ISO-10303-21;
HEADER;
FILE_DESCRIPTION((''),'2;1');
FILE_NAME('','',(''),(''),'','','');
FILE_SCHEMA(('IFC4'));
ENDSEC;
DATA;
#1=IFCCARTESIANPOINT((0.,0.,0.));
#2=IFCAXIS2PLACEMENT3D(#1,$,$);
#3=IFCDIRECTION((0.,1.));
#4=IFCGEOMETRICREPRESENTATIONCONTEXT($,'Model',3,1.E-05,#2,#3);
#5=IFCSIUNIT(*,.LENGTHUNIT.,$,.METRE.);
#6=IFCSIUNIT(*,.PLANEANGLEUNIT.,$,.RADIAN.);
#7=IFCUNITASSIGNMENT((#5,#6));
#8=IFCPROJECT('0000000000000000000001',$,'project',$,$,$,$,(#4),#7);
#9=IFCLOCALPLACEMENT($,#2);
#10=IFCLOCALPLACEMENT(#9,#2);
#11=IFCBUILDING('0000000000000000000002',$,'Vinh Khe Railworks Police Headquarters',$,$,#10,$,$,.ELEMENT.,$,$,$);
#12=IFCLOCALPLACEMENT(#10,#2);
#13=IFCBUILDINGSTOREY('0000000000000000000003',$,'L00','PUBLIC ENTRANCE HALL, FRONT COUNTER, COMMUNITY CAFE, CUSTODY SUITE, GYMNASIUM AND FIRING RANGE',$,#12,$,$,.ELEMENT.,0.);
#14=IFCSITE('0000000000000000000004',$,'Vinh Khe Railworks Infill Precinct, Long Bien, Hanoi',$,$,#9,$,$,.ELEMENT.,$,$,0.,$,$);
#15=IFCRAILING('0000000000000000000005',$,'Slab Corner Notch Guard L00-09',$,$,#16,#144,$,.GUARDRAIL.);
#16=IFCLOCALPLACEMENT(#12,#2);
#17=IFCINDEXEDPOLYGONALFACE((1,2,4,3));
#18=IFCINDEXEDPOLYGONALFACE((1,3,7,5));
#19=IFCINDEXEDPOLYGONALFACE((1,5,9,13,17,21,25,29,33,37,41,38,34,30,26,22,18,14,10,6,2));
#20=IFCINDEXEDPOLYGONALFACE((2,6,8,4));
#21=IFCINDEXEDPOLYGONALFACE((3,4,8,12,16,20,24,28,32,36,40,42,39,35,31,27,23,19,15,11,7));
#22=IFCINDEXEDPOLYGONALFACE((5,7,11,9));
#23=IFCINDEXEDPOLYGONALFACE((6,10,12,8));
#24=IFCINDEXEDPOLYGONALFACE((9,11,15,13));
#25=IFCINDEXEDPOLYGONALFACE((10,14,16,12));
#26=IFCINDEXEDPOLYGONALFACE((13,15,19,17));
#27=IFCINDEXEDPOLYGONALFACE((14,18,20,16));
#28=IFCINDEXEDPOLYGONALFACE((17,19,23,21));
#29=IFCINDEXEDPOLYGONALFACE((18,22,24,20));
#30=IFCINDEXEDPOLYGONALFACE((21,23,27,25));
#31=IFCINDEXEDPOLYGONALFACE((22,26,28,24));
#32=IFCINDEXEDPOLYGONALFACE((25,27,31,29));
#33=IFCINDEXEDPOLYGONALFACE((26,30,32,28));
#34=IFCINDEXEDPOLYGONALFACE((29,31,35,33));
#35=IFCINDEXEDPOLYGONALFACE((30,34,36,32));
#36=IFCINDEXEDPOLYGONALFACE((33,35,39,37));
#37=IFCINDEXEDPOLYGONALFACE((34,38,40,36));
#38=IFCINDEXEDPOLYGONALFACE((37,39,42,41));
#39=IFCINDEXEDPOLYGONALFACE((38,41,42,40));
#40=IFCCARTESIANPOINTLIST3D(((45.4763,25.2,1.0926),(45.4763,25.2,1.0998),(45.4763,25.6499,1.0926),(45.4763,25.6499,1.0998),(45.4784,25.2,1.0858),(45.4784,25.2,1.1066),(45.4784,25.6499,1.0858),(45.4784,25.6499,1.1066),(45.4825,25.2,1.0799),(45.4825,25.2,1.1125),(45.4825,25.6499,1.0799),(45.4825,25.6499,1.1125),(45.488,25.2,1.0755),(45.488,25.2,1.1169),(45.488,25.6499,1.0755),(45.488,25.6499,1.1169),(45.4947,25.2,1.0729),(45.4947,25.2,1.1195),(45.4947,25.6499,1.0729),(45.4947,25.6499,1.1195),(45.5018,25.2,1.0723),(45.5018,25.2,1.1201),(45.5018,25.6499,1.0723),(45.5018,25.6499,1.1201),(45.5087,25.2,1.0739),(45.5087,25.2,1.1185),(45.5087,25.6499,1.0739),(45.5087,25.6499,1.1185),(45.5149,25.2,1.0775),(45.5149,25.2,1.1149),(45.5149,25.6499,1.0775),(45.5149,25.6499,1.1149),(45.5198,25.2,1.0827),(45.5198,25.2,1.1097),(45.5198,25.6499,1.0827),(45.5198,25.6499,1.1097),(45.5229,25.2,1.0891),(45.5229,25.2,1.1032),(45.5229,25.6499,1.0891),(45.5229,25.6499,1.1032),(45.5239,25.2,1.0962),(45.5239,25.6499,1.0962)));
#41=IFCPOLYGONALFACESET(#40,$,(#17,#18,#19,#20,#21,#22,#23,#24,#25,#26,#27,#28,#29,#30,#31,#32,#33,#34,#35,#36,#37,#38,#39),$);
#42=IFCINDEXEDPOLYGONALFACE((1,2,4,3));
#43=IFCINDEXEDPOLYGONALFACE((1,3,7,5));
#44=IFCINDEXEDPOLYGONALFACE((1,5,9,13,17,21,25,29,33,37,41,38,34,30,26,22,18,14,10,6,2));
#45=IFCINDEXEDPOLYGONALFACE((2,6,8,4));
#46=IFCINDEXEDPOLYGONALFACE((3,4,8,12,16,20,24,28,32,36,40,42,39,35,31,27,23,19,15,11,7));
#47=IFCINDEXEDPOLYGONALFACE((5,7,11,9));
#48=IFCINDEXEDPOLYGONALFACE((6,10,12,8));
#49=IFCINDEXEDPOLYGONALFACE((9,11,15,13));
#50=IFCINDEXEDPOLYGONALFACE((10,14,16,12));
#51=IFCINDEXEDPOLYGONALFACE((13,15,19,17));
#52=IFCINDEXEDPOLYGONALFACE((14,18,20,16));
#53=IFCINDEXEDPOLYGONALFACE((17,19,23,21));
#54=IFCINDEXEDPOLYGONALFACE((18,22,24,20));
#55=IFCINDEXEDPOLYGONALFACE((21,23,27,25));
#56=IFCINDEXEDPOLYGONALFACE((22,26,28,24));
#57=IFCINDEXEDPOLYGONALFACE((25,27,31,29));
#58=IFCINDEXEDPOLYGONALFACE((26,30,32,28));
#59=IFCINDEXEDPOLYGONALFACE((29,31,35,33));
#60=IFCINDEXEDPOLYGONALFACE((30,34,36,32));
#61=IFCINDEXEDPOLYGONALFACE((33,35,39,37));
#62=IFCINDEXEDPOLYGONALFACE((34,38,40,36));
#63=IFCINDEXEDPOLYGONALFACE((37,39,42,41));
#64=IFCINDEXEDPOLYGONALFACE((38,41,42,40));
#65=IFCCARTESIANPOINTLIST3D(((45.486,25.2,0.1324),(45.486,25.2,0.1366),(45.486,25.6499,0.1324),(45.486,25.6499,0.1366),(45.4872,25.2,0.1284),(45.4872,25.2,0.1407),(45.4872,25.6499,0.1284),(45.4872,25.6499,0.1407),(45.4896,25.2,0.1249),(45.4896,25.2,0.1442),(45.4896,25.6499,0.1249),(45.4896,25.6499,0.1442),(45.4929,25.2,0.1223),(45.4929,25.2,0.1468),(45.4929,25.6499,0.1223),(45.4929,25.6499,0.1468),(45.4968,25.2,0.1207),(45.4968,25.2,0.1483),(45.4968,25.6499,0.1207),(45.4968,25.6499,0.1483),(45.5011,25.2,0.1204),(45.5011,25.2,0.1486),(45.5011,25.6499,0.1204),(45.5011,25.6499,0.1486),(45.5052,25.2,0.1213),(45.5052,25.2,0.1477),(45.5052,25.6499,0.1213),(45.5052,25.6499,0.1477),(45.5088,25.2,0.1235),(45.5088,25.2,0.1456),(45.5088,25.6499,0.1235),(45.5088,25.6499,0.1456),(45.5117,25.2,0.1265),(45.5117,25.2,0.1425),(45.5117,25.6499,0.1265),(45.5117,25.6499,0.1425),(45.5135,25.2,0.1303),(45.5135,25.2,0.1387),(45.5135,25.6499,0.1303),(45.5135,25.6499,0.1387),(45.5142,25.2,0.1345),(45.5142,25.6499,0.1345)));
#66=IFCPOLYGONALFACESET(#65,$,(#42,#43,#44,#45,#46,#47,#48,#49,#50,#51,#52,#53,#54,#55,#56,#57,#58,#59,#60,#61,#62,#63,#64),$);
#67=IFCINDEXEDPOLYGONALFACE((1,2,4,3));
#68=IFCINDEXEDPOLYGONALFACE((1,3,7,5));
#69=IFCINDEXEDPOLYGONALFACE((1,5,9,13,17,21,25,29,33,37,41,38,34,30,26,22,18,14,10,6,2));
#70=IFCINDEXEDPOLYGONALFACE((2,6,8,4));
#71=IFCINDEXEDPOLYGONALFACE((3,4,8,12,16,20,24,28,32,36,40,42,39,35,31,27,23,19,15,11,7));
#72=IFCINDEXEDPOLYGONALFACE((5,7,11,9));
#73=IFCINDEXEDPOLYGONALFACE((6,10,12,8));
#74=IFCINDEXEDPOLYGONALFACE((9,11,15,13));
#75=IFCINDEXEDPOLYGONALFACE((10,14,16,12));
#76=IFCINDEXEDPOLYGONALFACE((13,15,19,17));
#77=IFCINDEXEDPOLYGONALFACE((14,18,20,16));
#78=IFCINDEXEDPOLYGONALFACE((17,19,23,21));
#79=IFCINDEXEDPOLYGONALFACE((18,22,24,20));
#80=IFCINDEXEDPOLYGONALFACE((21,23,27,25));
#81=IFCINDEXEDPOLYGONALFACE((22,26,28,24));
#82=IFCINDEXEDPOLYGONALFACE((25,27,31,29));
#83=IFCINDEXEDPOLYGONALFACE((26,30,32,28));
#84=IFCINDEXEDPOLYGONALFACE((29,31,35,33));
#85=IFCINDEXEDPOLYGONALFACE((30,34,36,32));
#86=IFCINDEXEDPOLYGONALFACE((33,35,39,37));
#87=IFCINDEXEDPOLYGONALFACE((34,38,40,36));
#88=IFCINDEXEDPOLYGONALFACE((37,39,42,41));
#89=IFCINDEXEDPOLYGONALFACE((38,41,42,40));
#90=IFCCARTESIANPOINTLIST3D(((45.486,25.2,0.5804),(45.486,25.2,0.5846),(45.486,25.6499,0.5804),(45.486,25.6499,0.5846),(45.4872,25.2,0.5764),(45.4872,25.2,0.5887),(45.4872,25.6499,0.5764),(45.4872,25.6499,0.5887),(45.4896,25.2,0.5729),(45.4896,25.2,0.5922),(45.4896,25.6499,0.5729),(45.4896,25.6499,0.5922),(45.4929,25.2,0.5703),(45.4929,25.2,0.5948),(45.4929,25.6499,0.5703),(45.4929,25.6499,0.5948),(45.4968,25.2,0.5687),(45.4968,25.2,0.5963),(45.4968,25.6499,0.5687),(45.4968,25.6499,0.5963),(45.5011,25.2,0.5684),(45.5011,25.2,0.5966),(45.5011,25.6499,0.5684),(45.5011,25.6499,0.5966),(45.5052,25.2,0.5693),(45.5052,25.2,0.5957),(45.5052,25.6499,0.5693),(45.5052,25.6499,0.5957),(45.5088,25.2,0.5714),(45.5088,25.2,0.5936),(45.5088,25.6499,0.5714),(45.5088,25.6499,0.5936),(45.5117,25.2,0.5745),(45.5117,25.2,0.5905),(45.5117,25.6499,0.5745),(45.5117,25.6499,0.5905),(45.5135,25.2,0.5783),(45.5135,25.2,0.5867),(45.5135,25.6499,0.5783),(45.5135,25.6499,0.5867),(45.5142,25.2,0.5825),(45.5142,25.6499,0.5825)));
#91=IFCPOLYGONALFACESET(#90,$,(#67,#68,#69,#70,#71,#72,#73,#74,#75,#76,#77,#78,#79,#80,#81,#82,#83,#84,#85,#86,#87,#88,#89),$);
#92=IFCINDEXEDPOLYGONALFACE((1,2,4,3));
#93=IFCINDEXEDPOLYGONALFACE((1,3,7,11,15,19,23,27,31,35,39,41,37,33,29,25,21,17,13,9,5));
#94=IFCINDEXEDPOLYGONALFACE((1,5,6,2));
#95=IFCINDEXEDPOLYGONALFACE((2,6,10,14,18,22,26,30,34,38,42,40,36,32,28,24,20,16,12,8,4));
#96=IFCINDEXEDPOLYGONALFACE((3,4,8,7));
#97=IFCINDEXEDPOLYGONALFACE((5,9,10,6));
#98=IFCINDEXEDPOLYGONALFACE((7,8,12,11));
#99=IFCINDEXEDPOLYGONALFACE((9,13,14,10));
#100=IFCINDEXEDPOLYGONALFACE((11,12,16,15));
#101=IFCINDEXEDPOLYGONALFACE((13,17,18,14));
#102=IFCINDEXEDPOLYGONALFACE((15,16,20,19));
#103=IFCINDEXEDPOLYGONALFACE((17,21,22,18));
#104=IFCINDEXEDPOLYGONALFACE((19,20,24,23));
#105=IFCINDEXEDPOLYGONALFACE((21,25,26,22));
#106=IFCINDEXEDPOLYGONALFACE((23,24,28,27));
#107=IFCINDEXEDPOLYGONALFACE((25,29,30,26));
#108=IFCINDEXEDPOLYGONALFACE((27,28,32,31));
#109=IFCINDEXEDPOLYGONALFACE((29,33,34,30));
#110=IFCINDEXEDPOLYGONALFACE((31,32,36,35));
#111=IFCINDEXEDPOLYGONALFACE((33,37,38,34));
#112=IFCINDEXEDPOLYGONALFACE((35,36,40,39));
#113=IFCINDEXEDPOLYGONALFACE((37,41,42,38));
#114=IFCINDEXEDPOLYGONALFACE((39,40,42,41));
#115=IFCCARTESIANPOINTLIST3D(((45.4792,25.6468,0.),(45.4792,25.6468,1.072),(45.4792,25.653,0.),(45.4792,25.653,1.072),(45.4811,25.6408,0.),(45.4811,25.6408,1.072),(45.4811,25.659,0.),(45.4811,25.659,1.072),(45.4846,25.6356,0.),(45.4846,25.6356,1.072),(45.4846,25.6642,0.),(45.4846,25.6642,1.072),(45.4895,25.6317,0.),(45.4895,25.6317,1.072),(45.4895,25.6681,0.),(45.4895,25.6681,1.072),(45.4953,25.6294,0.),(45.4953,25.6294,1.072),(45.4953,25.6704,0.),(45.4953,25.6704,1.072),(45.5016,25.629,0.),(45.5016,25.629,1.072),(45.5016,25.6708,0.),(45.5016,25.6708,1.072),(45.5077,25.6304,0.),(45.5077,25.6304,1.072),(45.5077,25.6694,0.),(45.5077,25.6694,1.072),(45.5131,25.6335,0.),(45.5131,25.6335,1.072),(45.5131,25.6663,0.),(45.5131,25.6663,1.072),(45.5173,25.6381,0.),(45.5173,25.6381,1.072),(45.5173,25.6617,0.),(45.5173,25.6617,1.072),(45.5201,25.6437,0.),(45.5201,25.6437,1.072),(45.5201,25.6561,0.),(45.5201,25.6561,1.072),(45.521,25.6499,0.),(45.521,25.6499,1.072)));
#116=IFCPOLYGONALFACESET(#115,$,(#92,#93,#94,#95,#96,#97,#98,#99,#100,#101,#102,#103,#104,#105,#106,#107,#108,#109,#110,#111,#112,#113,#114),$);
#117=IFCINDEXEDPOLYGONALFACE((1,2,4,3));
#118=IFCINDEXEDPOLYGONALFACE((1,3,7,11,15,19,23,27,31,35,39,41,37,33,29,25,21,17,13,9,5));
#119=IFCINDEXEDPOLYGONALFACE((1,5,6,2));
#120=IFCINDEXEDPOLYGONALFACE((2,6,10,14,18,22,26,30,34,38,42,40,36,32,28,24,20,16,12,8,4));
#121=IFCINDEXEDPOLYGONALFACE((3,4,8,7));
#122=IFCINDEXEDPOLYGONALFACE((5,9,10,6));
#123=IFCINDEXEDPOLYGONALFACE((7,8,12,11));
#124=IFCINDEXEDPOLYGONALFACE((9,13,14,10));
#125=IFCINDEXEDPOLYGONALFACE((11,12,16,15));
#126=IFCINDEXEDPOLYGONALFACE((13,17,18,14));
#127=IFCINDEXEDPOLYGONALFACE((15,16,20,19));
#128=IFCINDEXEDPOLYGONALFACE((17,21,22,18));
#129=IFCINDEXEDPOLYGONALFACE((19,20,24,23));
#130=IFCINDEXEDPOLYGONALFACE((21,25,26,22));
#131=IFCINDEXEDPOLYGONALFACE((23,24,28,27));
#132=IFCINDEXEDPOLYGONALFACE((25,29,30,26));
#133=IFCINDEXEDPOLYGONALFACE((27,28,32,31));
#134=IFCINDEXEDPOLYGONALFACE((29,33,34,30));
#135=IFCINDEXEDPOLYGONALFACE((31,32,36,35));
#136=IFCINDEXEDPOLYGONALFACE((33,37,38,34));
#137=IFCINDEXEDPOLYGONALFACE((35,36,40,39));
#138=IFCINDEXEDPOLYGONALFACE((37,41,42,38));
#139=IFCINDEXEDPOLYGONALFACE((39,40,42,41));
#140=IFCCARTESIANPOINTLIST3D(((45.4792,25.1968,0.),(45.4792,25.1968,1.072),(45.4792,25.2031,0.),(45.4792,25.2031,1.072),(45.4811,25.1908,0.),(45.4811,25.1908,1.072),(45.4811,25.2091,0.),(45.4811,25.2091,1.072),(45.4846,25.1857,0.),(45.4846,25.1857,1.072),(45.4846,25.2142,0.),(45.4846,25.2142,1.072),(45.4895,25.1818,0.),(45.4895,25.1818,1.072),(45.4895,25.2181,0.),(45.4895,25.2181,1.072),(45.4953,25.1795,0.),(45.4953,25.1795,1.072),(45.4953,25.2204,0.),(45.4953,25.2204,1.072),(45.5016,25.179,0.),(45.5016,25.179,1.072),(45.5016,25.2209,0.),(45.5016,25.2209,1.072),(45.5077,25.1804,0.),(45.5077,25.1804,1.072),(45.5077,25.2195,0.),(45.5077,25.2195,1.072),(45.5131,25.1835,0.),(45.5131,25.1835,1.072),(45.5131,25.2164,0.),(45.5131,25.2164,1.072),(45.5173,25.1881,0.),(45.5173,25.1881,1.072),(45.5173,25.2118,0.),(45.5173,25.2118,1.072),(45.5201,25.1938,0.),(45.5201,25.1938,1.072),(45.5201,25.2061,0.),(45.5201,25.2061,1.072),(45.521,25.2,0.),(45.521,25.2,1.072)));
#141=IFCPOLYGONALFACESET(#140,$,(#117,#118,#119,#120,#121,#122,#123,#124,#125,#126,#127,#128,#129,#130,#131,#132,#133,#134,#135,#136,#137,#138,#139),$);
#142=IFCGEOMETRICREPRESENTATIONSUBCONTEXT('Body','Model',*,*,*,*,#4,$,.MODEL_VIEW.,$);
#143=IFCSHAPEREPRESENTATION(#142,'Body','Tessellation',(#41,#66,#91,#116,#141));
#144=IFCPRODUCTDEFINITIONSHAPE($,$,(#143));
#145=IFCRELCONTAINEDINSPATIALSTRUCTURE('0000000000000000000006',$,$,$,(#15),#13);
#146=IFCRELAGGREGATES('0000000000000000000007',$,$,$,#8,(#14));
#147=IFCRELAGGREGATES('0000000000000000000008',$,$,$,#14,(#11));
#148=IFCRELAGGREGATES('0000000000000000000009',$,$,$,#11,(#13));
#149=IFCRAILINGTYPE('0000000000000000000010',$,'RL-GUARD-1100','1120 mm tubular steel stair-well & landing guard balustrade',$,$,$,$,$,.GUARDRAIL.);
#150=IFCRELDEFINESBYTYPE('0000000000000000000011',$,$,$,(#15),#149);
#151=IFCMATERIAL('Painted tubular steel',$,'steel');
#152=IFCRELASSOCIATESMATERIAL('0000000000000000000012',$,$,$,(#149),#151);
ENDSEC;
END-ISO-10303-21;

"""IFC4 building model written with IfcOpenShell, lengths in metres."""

from ifc_helpers import new_model, si_unit, direction, frame, origin, origin_2d, place, context, subcontext, project, spatial, circle, extrude, material, type_object, element, save


model = new_model("IFC4")

# Units and contexts
model_context = context("Model", 3, precision=1e-05, world=origin(), true_north=direction((0.0, 1.0)))
body_context = subcontext(model_context, "Body", "Model", "MODEL_VIEW")
ifc_project = project(units=[si_unit("LENGTHUNIT", "METRE"), si_unit("PLANEANGLEUNIT", "RADIAN")], contexts=[model_context])

# Site, building, storey
site_placement = place(None, origin())
site = spatial("IfcSite", under=ifc_project, at=site_placement, Name="Vinh Khe Railworks Infill Precinct, Long Bien, Hanoi", CompositionType="ELEMENT", RefElevation=0.0)
building_placement = place(site_placement, origin())
building = spatial("IfcBuilding", under=site, at=building_placement, Name="Vinh Khe Railworks Police Headquarters", CompositionType="ELEMENT")
storey_placement = place(building_placement, origin())
storey = spatial("IfcBuildingStorey", under=building, at=storey_placement, Name="L00", Description="PUBLIC ENTRANCE HALL, FRONT COUNTER, COMMUNITY CAFE, CUSTODY SUITE, GYMNASIUM AND FIRING RANGE", CompositionType="ELEMENT", Elevation=0.0)

# Railing
ifc_material_1 = material(Name="Painted tubular steel", Category="steel")
railing_type = type_object("IfcRailingType", Name="RL-GUARD-1100", Description="1120 mm tubular steel stair-well & landing guard balustrade", PredefinedType="GUARDRAIL", material=ifc_material_1)
railing_placement = place(storey_placement, frame((45.5, 25.6499, 0.0)))
element("IfcRailing", 1, at=railing_placement, inside=storey, type_object=railing_type, Name="Slab Corner Notch Guard L00-09", PredefinedType="GUARDRAIL", context=body_context, shape_type="SweptSolid", body=[
    extrude(circle(Radius=0.0239, at=origin_2d()), frame((0.0, 0.0, 1.0962), z_axis=(0.0, -1.0, 0.0), x_axis=(1.0, 0.0, 0.0)), (0.0, 0.0, 1.0), 0.45),
    extrude(circle(Radius=0.0142, at=origin_2d()), frame((0.0, 0.0, 0.1345), z_axis=(0.0, -1.0, 0.0), x_axis=(1.0, 0.0, 0.0)), (0.0, 0.0, 1.0), 0.45),
    extrude(circle(Radius=0.0142, at=origin_2d()), frame((0.0, 0.0, 0.5825), z_axis=(0.0, -1.0, 0.0), x_axis=(1.0, 0.0, 0.0)), (0.0, 0.0, 1.0), 0.45),
    extrude(circle(Radius=0.021, at=origin_2d()), origin(), (0.0, 0.0, 1.0), 1.072),
    extrude(circle(Radius=0.021, at=origin_2d()), frame((0.0, -0.45, 0.0)), (0.0, 0.0, 1.0), 1.072),
])

save(model, "model.ifc")
